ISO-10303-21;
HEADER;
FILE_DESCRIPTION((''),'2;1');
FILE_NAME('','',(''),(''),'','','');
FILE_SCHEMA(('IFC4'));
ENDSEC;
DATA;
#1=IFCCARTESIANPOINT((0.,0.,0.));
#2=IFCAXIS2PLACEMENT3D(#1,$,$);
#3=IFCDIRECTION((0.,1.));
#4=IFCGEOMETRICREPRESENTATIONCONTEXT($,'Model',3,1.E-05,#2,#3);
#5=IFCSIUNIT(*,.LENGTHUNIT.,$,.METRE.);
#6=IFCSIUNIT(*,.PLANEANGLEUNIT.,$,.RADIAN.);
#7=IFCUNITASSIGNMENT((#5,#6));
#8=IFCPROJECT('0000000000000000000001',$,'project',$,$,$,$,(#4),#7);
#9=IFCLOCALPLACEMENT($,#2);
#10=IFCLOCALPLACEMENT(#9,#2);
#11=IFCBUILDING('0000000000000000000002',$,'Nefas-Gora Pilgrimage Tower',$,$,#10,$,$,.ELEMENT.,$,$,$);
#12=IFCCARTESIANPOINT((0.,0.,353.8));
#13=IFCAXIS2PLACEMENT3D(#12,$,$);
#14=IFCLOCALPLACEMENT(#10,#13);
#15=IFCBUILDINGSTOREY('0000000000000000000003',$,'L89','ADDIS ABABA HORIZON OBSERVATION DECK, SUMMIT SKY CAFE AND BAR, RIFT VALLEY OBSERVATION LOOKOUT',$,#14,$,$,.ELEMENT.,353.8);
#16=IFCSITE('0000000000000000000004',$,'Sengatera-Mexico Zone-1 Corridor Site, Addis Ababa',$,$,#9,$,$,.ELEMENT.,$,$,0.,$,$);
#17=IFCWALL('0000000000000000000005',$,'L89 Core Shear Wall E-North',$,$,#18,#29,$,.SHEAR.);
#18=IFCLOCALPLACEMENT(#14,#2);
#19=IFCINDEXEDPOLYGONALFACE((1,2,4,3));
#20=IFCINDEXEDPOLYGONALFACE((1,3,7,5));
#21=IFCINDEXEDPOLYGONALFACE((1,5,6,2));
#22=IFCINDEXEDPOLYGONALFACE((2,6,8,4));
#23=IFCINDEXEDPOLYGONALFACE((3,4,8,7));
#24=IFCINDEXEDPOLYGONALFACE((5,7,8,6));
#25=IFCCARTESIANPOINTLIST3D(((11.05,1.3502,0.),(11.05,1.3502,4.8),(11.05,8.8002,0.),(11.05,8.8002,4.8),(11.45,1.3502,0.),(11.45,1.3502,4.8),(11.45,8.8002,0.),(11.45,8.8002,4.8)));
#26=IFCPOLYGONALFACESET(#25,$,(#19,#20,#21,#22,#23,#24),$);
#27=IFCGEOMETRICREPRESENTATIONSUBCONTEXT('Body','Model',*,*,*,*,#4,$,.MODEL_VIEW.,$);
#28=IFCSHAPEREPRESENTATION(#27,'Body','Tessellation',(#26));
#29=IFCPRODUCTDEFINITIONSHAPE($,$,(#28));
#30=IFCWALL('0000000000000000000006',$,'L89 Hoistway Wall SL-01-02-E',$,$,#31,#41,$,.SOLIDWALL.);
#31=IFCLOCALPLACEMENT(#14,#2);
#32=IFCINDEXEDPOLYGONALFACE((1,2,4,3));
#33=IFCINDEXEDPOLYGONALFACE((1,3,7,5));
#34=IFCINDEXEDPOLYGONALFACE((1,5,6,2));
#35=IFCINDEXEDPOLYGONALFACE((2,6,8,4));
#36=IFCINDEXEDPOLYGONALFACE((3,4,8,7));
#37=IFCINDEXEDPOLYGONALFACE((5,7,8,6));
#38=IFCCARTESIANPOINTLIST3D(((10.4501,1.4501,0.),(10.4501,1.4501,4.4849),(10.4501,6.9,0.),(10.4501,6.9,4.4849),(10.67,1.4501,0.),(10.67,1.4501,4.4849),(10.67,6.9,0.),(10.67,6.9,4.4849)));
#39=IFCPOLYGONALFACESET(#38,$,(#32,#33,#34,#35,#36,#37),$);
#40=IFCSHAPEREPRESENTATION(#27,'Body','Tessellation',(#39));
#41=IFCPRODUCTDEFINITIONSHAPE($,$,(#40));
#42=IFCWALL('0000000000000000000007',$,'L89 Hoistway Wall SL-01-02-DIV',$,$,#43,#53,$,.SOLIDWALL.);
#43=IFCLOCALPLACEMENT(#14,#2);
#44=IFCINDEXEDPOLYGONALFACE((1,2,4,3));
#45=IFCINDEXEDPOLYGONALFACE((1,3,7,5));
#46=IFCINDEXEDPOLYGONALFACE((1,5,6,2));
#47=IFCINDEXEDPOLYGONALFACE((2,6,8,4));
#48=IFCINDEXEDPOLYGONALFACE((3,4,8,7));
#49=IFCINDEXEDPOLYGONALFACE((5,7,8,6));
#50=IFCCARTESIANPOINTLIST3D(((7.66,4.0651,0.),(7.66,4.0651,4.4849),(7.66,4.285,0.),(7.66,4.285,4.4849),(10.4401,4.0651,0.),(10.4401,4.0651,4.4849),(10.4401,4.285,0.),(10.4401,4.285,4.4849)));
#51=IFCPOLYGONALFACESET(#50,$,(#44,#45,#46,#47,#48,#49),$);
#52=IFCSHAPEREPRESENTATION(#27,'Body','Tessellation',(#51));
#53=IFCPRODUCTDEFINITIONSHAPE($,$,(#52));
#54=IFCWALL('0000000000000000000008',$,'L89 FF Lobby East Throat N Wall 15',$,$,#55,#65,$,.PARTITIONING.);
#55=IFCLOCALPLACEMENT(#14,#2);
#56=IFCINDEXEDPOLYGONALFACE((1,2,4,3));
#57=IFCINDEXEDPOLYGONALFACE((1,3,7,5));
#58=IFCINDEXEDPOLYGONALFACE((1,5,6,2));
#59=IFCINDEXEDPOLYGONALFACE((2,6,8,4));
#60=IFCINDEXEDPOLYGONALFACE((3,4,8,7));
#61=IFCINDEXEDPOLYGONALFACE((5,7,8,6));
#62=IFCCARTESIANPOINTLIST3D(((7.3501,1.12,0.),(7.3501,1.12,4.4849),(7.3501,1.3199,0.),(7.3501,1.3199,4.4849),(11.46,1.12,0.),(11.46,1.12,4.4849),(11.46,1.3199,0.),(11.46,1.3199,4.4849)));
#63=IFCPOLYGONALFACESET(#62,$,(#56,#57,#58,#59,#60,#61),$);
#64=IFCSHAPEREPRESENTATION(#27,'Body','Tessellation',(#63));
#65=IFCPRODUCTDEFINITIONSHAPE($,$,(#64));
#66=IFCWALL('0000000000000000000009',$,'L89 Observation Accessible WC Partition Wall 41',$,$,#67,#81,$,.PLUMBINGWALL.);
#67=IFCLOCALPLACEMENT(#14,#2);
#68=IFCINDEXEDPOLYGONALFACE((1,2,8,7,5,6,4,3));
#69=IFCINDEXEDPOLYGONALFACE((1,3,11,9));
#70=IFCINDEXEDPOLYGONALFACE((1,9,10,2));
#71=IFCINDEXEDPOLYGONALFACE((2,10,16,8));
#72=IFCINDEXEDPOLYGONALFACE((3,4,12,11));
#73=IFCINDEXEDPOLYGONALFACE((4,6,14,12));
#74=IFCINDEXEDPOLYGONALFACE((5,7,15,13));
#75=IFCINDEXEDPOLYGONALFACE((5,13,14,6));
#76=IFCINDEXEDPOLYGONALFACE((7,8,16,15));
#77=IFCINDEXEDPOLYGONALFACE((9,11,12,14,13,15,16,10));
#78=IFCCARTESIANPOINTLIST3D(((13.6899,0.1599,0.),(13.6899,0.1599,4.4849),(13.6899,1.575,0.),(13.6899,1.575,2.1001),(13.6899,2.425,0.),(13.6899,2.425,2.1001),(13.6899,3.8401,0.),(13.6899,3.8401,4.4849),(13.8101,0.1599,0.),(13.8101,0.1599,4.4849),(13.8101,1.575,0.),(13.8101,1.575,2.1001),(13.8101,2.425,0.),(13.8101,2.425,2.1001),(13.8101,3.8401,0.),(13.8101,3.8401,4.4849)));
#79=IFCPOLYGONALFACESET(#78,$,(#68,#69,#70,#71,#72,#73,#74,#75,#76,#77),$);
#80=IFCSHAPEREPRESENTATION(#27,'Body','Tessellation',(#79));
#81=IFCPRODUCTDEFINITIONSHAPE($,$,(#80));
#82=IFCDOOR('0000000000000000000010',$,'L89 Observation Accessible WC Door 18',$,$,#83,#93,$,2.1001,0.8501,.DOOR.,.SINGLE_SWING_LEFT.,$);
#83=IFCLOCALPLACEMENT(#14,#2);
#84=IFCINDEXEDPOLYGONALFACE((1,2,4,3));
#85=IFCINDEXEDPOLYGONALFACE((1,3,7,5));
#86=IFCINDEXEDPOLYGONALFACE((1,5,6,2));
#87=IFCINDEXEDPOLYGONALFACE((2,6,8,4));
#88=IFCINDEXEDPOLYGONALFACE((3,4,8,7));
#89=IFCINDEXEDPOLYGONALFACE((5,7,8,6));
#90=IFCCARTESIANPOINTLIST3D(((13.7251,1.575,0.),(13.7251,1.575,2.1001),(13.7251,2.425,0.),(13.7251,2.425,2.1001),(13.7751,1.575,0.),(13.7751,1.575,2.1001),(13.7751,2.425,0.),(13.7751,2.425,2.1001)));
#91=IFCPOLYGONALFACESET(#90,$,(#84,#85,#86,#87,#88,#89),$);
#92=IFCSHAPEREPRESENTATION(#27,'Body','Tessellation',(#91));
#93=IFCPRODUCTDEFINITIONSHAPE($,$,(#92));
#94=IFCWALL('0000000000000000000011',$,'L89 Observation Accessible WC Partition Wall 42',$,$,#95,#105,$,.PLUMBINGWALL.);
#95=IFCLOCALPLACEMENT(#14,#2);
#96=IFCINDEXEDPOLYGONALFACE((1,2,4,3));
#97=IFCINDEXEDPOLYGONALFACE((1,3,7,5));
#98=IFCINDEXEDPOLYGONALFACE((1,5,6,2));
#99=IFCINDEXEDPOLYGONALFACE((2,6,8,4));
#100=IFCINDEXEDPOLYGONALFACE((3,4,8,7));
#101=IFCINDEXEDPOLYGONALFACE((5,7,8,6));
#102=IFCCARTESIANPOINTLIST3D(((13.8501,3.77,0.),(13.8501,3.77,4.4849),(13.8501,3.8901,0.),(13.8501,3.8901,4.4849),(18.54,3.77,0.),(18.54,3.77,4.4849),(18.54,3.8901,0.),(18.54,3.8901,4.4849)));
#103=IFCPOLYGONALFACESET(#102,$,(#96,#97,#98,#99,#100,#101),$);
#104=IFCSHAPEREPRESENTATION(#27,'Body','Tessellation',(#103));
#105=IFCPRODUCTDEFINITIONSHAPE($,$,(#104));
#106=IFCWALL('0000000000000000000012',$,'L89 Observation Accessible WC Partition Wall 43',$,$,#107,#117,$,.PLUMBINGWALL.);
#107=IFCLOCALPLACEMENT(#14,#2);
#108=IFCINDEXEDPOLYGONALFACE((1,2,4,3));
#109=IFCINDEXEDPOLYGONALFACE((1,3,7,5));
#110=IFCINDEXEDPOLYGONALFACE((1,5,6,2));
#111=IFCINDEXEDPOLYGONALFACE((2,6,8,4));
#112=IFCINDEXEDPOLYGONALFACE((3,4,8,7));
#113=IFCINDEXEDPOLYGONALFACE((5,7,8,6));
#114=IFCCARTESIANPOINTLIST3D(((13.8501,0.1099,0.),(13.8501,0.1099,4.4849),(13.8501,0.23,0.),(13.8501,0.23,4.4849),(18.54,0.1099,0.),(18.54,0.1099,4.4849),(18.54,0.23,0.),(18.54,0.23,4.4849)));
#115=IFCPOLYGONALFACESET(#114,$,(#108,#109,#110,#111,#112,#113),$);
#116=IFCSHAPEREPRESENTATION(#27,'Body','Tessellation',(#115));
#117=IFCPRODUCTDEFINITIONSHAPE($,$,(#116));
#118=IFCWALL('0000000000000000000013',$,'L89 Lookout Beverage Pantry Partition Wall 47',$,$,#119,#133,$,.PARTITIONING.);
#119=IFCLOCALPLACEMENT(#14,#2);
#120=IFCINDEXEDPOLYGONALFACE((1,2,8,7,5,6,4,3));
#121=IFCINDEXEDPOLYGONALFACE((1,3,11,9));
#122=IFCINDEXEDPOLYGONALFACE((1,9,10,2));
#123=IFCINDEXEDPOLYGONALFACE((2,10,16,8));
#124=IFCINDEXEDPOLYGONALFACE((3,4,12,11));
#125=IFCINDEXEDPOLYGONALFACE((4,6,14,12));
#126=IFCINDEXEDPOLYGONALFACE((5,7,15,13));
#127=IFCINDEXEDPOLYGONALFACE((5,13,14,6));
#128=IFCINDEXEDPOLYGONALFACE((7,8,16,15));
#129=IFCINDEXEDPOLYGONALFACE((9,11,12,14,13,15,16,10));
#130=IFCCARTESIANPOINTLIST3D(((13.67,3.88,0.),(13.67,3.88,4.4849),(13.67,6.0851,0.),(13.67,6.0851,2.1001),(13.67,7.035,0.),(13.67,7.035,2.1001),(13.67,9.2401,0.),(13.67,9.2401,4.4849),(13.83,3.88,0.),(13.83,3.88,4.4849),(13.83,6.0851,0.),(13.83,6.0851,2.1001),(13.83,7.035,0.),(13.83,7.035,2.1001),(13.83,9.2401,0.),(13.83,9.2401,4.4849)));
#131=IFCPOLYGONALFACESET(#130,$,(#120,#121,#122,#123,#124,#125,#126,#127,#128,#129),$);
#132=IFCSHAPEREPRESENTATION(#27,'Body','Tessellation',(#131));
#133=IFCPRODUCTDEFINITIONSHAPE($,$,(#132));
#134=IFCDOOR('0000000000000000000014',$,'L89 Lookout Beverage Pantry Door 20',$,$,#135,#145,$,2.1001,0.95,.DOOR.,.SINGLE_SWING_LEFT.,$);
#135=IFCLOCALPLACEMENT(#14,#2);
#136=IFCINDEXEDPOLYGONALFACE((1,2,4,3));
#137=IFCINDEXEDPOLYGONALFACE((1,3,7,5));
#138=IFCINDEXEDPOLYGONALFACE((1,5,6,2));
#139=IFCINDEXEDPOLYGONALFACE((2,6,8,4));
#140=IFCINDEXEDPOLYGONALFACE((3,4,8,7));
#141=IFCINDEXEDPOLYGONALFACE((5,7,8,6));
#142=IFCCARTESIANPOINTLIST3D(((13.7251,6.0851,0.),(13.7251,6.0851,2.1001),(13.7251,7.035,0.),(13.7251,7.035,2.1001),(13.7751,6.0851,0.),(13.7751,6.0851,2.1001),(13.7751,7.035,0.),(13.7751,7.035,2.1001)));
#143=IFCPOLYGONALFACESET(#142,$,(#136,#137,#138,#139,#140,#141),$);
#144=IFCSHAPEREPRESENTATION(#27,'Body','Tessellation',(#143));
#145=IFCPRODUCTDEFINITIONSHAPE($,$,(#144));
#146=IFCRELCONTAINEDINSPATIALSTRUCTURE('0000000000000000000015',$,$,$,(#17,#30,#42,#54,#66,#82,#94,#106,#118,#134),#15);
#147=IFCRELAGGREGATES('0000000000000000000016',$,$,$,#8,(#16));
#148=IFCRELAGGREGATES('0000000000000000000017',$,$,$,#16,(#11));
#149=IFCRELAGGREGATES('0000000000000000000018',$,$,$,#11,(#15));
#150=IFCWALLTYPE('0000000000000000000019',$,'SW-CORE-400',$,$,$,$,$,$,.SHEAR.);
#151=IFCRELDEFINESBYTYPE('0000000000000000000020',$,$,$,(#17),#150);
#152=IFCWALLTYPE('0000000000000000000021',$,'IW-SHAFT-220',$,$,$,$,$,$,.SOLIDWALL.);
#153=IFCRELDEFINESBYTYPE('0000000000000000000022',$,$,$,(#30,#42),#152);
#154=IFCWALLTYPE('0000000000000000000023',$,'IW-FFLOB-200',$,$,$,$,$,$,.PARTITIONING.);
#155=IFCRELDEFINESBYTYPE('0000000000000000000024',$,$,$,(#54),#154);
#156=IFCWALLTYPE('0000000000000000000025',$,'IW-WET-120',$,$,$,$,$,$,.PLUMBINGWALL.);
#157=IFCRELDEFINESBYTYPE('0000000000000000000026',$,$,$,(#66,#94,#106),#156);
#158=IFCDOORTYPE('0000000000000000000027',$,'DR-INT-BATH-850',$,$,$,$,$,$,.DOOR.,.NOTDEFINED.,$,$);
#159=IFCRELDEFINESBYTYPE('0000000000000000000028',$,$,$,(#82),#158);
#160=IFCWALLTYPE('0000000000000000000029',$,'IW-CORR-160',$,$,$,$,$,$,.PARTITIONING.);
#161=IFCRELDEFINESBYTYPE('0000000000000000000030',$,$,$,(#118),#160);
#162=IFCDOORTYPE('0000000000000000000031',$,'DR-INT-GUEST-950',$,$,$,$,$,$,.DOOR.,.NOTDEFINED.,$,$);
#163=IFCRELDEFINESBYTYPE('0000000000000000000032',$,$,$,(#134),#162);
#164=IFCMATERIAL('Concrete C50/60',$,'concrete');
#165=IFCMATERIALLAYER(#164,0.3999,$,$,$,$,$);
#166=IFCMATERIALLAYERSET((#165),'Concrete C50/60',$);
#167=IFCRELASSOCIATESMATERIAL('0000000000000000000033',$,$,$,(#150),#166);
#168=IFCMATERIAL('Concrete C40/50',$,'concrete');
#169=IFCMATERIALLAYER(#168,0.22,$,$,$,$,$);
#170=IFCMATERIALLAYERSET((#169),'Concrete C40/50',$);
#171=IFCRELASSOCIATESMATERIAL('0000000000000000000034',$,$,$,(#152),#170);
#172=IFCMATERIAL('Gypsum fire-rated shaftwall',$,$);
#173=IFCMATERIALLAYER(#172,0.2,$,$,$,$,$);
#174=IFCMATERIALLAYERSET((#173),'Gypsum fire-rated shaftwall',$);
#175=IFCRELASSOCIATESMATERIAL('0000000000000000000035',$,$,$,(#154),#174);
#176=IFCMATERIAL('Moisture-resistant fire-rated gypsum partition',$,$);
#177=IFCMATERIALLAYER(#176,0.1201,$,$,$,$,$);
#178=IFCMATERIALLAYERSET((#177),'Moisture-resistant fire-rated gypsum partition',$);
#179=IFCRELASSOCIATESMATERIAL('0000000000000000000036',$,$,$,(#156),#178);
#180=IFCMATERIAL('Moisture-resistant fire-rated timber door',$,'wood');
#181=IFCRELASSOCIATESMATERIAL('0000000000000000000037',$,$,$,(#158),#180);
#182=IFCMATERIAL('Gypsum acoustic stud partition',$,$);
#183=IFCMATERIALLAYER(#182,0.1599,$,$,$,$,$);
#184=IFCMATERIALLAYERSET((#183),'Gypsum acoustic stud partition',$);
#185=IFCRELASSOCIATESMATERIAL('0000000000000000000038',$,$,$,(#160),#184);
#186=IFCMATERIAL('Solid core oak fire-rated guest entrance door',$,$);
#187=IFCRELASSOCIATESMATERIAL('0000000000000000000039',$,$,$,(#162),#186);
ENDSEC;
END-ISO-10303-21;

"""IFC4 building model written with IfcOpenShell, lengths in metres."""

from ifc_helpers import new_model, si_unit, direction, frame, frame_2d, origin, place, context, subcontext, project, spatial, rectangle, extrude, source, transform, mapped, material, layer, layer_set, type_object, element, fill, save


model = new_model("IFC4")

# Units and contexts
model_context = context("Model", 3, precision=1e-05, world=origin(), true_north=direction((0.0, 1.0)))
body_context = subcontext(model_context, "Body", "Model", "MODEL_VIEW")
ifc_project = project(units=[si_unit("LENGTHUNIT", "METRE"), si_unit("PLANEANGLEUNIT", "RADIAN")], contexts=[model_context])

# Site, building, storey
site_placement = place(None, origin())
site = spatial("IfcSite", under=ifc_project, at=site_placement, Name="Sengatera-Mexico Zone-1 Corridor Site, Addis Ababa", CompositionType="ELEMENT", RefElevation=0.0)
building_placement = place(site_placement, origin())
building = spatial("IfcBuilding", under=site, at=building_placement, Name="Nefas-Gora Pilgrimage Tower", CompositionType="ELEMENT")
storey_placement = place(building_placement, frame((0.0, 0.0, 353.8)))
storey = spatial("IfcBuildingStorey", under=building, at=storey_placement, Name="L89", Description="ADDIS ABABA HORIZON OBSERVATION DECK, SUMMIT SKY CAFE AND BAR, RIFT VALLEY OBSERVATION LOOKOUT", CompositionType="ELEMENT", Elevation=353.8)

# Walls
ifc_material_1 = material(Name="Concrete C50/60", Category="concrete")
ifc_layer_1 = layer(ifc_material_1, 0.3999)
ifc_layer_set_1 = layer_set([ifc_layer_1], Name="Concrete C50/60")
wall_type_1 = type_object("IfcWallType", Name="SW-CORE-400", PredefinedType="SHEAR", material=ifc_layer_set_1)
shared_shape_1 = source(origin(), body_context, "Body", "SweptSolid", [
    extrude(rectangle(XDim=7.45, YDim=0.3999, at=frame_2d((3.7251, 0.0))), origin(), (0.0, 0.0, 1.0), 4.8),
])
wall_1_placement = place(storey_placement, frame((11.25, 1.3501, 0.0), z_axis=(0.0, 0.0, 1.0), x_axis=(0.0, 1.0, 0.0)))
element("IfcWall", 1, at=wall_1_placement, inside=storey, type_object=wall_type_1, Name="L89 Core Shear Wall E-North", PredefinedType="SHEAR", context=body_context, shape_type="MappedRepresentation", body=[
    mapped(shared_shape_1, transform((0.0, 0.0, 0.0), x_axis=(1.0, 0.0, 0.0), y_axis=(0.0, 1.0, 0.0), z_axis=(0.0, 0.0, 1.0), scale=1.0)),
])
ifc_material_2 = material(Name="Concrete C40/50", Category="concrete")
ifc_layer_2 = layer(ifc_material_2, 0.22)
ifc_layer_set_2 = layer_set([ifc_layer_2], Name="Concrete C40/50")
wall_type_2 = type_object("IfcWallType", Name="IW-SHAFT-220", PredefinedType="SOLIDWALL", material=ifc_layer_set_2)
shared_shape_2 = source(origin(), body_context, "Body", "SweptSolid", [
    extrude(rectangle(XDim=5.45, YDim=0.22, at=frame_2d((2.7251, 0.0))), origin(), (0.0, 0.0, 1.0), 4.4849),
])
wall_2_placement = place(storey_placement, frame((10.5601, 1.45, 0.0), z_axis=(0.0, 0.0, 1.0), x_axis=(0.0, 1.0, 0.0)))
element("IfcWall", 2, at=wall_2_placement, inside=storey, type_object=wall_type_2, Name="L89 Hoistway Wall SL-01-02-E", PredefinedType="SOLIDWALL", context=body_context, shape_type="MappedRepresentation", body=[
    mapped(shared_shape_2, transform((0.0, 0.0, 0.0), x_axis=(1.0, 0.0, 0.0), y_axis=(0.0, 1.0, 0.0), z_axis=(0.0, 0.0, 1.0), scale=1.0)),
])
shared_shape_3 = source(origin(), body_context, "Body", "SweptSolid", [
    extrude(rectangle(XDim=2.78, YDim=0.22, at=frame_2d((1.3901, 0.0))), origin(), (0.0, 0.0, 1.0), 4.4849),
])
wall_3_placement = place(storey_placement, frame((7.6599, 4.175, 0.0), z_axis=(0.0, 0.0, 1.0), x_axis=(1.0, 0.0, 0.0)))
element("IfcWall", 3, at=wall_3_placement, inside=storey, type_object=wall_type_2, Name="L89 Hoistway Wall SL-01-02-DIV", PredefinedType="SOLIDWALL", context=body_context, shape_type="MappedRepresentation", body=[
    mapped(shared_shape_3, transform((0.0, 0.0, 0.0), x_axis=(1.0, 0.0, 0.0), y_axis=(0.0, 1.0, 0.0), z_axis=(0.0, 0.0, 1.0), scale=1.0)),
])
ifc_material_3 = material(Name="Gypsum fire-rated shaftwall")
ifc_layer_3 = layer(ifc_material_3, 0.2)
ifc_layer_set_3 = layer_set([ifc_layer_3], Name="Gypsum fire-rated shaftwall")
wall_type_3 = type_object("IfcWallType", Name="IW-FFLOB-200", PredefinedType="PARTITIONING", material=ifc_layer_set_3)
shared_shape_4 = source(origin(), body_context, "Body", "SweptSolid", [
    extrude(rectangle(XDim=4.1099, YDim=0.2, at=frame_2d((2.0549, 0.0))), origin(), (0.0, 0.0, 1.0), 4.4849),
])
wall_4_placement = place(storey_placement, frame((7.3501, 1.22, 0.0), z_axis=(0.0, 0.0, 1.0), x_axis=(1.0, 0.0, 0.0)))
element("IfcWall", 4, at=wall_4_placement, inside=storey, type_object=wall_type_3, Name="L89 FF Lobby East Throat N Wall 15", PredefinedType="PARTITIONING", context=body_context, shape_type="MappedRepresentation", body=[
    mapped(shared_shape_4, transform((0.0, 0.0, 0.0), x_axis=(1.0, 0.0, 0.0), y_axis=(0.0, 1.0, 0.0), z_axis=(0.0, 0.0, 1.0), scale=1.0)),
])

# Wall, opening, door
ifc_material_4 = material(Name="Moisture-resistant fire-rated gypsum partition")
ifc_layer_4 = layer(ifc_material_4, 0.1201)
ifc_layer_set_4 = layer_set([ifc_layer_4], Name="Moisture-resistant fire-rated gypsum partition")
wall_type_4 = type_object("IfcWallType", Name="IW-WET-120", PredefinedType="PLUMBINGWALL", material=ifc_layer_set_4)
shared_shape_5 = source(origin(), body_context, "Body", "SweptSolid", [
    extrude(rectangle(XDim=3.6802, YDim=0.1201, at=frame_2d((1.8401, 0.0))), origin(), (0.0, 0.0, 1.0), 4.4849),
])
wall_5_placement = place(storey_placement, frame((13.75, 0.1599, 0.0), z_axis=(0.0, 0.0, 1.0), x_axis=(0.0, 1.0, 0.0)))
wall_5 = element("IfcWall", 5, at=wall_5_placement, inside=storey, type_object=wall_type_4, Name="L89 Observation Accessible WC Partition Wall 41", PredefinedType="PLUMBINGWALL", context=body_context, shape_type="MappedRepresentation", body=[
    mapped(shared_shape_5, transform((0.0, 0.0, 0.0), x_axis=(1.0, 0.0, 0.0), y_axis=(0.0, 1.0, 0.0), z_axis=(0.0, 0.0, 1.0), scale=1.0)),
])
opening_1_placement = place(wall_5_placement, frame((1.415, 0.0, 0.0)))
opening_1 = element("IfcOpeningElement", 6, at=opening_1_placement, cuts=wall_5, PredefinedType="OPENING", context=body_context, shape_type="SweptSolid", body=[
    extrude(rectangle(XDim=0.8501, YDim=2.1001, at=frame_2d((0.425, 1.05))), frame((0.0, 0.0701, 0.0), z_axis=(0.0, -1.0, 0.0), x_axis=(1.0, 0.0, 0.0)), (0.0, 0.0, 1.0), 0.1401),
])
ifc_material_5 = material(Name="Moisture-resistant fire-rated timber door", Category="wood")
door_type_1 = type_object("IfcDoorType", Name="DR-INT-BATH-850", OperationType="NOTDEFINED", PredefinedType="DOOR", material=ifc_material_5)
shared_shape_6 = source(origin(), body_context, "Body", "SweptSolid", [
    extrude(rectangle(XDim=0.8501, YDim=2.1001, at=frame_2d((0.425, 1.05))), frame((0.0, 0.0249, 0.0), z_axis=(0.0, -1.0, 0.0), x_axis=(1.0, 0.0, 0.0)), (0.0, 0.0, 1.0), 0.05),
])
door_1_placement = place(opening_1_placement, origin())
door_1 = element("IfcDoor", 7, at=door_1_placement, inside=storey, type_object=door_type_1, Name="L89 Observation Accessible WC Door 18", OperationType="SINGLE_SWING_LEFT", OverallHeight=2.1001, OverallWidth=0.8501, PredefinedType="DOOR", context=body_context, shape_type="MappedRepresentation", body=[
    mapped(shared_shape_6, transform((0.0, 0.0, 0.0), x_axis=(1.0, 0.0, 0.0), y_axis=(0.0, 1.0, 0.0), z_axis=(0.0, 0.0, 1.0), scale=1.0)),
])
fill(opening_1, door_1)

# Walls
shared_shape_7 = source(origin(), body_context, "Body", "SweptSolid", [
    extrude(rectangle(XDim=4.6899, YDim=0.1201, at=frame_2d((2.345, 0.0))), origin(), (0.0, 0.0, 1.0), 4.4849),
])
for number, where, z_axis, x_axis, name in (
    (8, (13.8501, 3.8301, 0.0), (0.0, 0.0, 1.0), (1.0, 0.0, 0.0), "L89 Observation Accessible WC Partition Wall 42"),
    (9, (13.8501, 0.1699, 0.0), (0.0, 0.0, 1.0), (1.0, 0.0, 0.0), "L89 Observation Accessible WC Partition Wall 43"),
):
    element("IfcWall", number, at=place(storey_placement, frame(where, z_axis=z_axis, x_axis=x_axis)), inside=storey, type_object=wall_type_4, Name=name, PredefinedType="PLUMBINGWALL", context=body_context, shape_type="MappedRepresentation", body=[
        mapped(shared_shape_7, transform((0.0, 0.0, 0.0), x_axis=(1.0, 0.0, 0.0), y_axis=(0.0, 1.0, 0.0), z_axis=(0.0, 0.0, 1.0), scale=1.0)),
    ])

# Wall, opening, door
ifc_material_6 = material(Name="Gypsum acoustic stud partition")
ifc_layer_5 = layer(ifc_material_6, 0.1599)
ifc_layer_set_5 = layer_set([ifc_layer_5], Name="Gypsum acoustic stud partition")
wall_type_5 = type_object("IfcWallType", Name="IW-CORR-160", PredefinedType="PARTITIONING", material=ifc_layer_set_5)
shared_shape_8 = source(origin(), body_context, "Body", "SweptSolid", [
    extrude(rectangle(XDim=5.3601, YDim=0.1599, at=frame_2d((2.6802, 0.0))), origin(), (0.0, 0.0, 1.0), 4.4849),
])
wall_6_placement = place(storey_placement, frame((13.75, 3.8799, 0.0), z_axis=(0.0, 0.0, 1.0), x_axis=(0.0, 1.0, 0.0)))
wall_6 = element("IfcWall", 10, at=wall_6_placement, inside=storey, type_object=wall_type_5, Name="L89 Lookout Beverage Pantry Partition Wall 47", PredefinedType="PARTITIONING", context=body_context, shape_type="MappedRepresentation", body=[
    mapped(shared_shape_8, transform((0.0, 0.0, 0.0), x_axis=(1.0, 0.0, 0.0), y_axis=(0.0, 1.0, 0.0), z_axis=(0.0, 0.0, 1.0), scale=1.0)),
])
opening_2_placement = place(wall_6_placement, frame((2.2051, 0.0, 0.0)))
opening_2 = element("IfcOpeningElement", 11, at=opening_2_placement, cuts=wall_6, PredefinedType="OPENING", context=body_context, shape_type="SweptSolid", body=[
    extrude(rectangle(XDim=0.95, YDim=2.1001, at=frame_2d((0.4751, 1.05))), frame((0.0, 0.0898, 0.0), z_axis=(0.0, -1.0, 0.0), x_axis=(1.0, 0.0, 0.0)), (0.0, 0.0, 1.0), 0.1799),
])
ifc_material_7 = material(Name="Solid core oak fire-rated guest entrance door")
door_type_2 = type_object("IfcDoorType", Name="DR-INT-GUEST-950", OperationType="NOTDEFINED", PredefinedType="DOOR", material=ifc_material_7)
shared_shape_9 = source(origin(), body_context, "Body", "SweptSolid", [
    extrude(rectangle(XDim=0.95, YDim=2.1001, at=frame_2d((0.4751, 1.05))), frame((0.0, 0.0249, 0.0), z_axis=(0.0, -1.0, 0.0), x_axis=(1.0, 0.0, 0.0)), (0.0, 0.0, 1.0), 0.05),
])
door_2_placement = place(opening_2_placement, origin())
door_2 = element("IfcDoor", 12, at=door_2_placement, inside=storey, type_object=door_type_2, Name="L89 Lookout Beverage Pantry Door 20", OperationType="SINGLE_SWING_LEFT", OverallHeight=2.1001, OverallWidth=0.95, PredefinedType="DOOR", context=body_context, shape_type="MappedRepresentation", body=[
    mapped(shared_shape_9, transform((0.0, 0.0, 0.0), x_axis=(1.0, 0.0, 0.0), y_axis=(0.0, 1.0, 0.0), z_axis=(0.0, 0.0, 1.0), scale=1.0)),
])
fill(opening_2, door_2)

save(model, "model.ifc")
